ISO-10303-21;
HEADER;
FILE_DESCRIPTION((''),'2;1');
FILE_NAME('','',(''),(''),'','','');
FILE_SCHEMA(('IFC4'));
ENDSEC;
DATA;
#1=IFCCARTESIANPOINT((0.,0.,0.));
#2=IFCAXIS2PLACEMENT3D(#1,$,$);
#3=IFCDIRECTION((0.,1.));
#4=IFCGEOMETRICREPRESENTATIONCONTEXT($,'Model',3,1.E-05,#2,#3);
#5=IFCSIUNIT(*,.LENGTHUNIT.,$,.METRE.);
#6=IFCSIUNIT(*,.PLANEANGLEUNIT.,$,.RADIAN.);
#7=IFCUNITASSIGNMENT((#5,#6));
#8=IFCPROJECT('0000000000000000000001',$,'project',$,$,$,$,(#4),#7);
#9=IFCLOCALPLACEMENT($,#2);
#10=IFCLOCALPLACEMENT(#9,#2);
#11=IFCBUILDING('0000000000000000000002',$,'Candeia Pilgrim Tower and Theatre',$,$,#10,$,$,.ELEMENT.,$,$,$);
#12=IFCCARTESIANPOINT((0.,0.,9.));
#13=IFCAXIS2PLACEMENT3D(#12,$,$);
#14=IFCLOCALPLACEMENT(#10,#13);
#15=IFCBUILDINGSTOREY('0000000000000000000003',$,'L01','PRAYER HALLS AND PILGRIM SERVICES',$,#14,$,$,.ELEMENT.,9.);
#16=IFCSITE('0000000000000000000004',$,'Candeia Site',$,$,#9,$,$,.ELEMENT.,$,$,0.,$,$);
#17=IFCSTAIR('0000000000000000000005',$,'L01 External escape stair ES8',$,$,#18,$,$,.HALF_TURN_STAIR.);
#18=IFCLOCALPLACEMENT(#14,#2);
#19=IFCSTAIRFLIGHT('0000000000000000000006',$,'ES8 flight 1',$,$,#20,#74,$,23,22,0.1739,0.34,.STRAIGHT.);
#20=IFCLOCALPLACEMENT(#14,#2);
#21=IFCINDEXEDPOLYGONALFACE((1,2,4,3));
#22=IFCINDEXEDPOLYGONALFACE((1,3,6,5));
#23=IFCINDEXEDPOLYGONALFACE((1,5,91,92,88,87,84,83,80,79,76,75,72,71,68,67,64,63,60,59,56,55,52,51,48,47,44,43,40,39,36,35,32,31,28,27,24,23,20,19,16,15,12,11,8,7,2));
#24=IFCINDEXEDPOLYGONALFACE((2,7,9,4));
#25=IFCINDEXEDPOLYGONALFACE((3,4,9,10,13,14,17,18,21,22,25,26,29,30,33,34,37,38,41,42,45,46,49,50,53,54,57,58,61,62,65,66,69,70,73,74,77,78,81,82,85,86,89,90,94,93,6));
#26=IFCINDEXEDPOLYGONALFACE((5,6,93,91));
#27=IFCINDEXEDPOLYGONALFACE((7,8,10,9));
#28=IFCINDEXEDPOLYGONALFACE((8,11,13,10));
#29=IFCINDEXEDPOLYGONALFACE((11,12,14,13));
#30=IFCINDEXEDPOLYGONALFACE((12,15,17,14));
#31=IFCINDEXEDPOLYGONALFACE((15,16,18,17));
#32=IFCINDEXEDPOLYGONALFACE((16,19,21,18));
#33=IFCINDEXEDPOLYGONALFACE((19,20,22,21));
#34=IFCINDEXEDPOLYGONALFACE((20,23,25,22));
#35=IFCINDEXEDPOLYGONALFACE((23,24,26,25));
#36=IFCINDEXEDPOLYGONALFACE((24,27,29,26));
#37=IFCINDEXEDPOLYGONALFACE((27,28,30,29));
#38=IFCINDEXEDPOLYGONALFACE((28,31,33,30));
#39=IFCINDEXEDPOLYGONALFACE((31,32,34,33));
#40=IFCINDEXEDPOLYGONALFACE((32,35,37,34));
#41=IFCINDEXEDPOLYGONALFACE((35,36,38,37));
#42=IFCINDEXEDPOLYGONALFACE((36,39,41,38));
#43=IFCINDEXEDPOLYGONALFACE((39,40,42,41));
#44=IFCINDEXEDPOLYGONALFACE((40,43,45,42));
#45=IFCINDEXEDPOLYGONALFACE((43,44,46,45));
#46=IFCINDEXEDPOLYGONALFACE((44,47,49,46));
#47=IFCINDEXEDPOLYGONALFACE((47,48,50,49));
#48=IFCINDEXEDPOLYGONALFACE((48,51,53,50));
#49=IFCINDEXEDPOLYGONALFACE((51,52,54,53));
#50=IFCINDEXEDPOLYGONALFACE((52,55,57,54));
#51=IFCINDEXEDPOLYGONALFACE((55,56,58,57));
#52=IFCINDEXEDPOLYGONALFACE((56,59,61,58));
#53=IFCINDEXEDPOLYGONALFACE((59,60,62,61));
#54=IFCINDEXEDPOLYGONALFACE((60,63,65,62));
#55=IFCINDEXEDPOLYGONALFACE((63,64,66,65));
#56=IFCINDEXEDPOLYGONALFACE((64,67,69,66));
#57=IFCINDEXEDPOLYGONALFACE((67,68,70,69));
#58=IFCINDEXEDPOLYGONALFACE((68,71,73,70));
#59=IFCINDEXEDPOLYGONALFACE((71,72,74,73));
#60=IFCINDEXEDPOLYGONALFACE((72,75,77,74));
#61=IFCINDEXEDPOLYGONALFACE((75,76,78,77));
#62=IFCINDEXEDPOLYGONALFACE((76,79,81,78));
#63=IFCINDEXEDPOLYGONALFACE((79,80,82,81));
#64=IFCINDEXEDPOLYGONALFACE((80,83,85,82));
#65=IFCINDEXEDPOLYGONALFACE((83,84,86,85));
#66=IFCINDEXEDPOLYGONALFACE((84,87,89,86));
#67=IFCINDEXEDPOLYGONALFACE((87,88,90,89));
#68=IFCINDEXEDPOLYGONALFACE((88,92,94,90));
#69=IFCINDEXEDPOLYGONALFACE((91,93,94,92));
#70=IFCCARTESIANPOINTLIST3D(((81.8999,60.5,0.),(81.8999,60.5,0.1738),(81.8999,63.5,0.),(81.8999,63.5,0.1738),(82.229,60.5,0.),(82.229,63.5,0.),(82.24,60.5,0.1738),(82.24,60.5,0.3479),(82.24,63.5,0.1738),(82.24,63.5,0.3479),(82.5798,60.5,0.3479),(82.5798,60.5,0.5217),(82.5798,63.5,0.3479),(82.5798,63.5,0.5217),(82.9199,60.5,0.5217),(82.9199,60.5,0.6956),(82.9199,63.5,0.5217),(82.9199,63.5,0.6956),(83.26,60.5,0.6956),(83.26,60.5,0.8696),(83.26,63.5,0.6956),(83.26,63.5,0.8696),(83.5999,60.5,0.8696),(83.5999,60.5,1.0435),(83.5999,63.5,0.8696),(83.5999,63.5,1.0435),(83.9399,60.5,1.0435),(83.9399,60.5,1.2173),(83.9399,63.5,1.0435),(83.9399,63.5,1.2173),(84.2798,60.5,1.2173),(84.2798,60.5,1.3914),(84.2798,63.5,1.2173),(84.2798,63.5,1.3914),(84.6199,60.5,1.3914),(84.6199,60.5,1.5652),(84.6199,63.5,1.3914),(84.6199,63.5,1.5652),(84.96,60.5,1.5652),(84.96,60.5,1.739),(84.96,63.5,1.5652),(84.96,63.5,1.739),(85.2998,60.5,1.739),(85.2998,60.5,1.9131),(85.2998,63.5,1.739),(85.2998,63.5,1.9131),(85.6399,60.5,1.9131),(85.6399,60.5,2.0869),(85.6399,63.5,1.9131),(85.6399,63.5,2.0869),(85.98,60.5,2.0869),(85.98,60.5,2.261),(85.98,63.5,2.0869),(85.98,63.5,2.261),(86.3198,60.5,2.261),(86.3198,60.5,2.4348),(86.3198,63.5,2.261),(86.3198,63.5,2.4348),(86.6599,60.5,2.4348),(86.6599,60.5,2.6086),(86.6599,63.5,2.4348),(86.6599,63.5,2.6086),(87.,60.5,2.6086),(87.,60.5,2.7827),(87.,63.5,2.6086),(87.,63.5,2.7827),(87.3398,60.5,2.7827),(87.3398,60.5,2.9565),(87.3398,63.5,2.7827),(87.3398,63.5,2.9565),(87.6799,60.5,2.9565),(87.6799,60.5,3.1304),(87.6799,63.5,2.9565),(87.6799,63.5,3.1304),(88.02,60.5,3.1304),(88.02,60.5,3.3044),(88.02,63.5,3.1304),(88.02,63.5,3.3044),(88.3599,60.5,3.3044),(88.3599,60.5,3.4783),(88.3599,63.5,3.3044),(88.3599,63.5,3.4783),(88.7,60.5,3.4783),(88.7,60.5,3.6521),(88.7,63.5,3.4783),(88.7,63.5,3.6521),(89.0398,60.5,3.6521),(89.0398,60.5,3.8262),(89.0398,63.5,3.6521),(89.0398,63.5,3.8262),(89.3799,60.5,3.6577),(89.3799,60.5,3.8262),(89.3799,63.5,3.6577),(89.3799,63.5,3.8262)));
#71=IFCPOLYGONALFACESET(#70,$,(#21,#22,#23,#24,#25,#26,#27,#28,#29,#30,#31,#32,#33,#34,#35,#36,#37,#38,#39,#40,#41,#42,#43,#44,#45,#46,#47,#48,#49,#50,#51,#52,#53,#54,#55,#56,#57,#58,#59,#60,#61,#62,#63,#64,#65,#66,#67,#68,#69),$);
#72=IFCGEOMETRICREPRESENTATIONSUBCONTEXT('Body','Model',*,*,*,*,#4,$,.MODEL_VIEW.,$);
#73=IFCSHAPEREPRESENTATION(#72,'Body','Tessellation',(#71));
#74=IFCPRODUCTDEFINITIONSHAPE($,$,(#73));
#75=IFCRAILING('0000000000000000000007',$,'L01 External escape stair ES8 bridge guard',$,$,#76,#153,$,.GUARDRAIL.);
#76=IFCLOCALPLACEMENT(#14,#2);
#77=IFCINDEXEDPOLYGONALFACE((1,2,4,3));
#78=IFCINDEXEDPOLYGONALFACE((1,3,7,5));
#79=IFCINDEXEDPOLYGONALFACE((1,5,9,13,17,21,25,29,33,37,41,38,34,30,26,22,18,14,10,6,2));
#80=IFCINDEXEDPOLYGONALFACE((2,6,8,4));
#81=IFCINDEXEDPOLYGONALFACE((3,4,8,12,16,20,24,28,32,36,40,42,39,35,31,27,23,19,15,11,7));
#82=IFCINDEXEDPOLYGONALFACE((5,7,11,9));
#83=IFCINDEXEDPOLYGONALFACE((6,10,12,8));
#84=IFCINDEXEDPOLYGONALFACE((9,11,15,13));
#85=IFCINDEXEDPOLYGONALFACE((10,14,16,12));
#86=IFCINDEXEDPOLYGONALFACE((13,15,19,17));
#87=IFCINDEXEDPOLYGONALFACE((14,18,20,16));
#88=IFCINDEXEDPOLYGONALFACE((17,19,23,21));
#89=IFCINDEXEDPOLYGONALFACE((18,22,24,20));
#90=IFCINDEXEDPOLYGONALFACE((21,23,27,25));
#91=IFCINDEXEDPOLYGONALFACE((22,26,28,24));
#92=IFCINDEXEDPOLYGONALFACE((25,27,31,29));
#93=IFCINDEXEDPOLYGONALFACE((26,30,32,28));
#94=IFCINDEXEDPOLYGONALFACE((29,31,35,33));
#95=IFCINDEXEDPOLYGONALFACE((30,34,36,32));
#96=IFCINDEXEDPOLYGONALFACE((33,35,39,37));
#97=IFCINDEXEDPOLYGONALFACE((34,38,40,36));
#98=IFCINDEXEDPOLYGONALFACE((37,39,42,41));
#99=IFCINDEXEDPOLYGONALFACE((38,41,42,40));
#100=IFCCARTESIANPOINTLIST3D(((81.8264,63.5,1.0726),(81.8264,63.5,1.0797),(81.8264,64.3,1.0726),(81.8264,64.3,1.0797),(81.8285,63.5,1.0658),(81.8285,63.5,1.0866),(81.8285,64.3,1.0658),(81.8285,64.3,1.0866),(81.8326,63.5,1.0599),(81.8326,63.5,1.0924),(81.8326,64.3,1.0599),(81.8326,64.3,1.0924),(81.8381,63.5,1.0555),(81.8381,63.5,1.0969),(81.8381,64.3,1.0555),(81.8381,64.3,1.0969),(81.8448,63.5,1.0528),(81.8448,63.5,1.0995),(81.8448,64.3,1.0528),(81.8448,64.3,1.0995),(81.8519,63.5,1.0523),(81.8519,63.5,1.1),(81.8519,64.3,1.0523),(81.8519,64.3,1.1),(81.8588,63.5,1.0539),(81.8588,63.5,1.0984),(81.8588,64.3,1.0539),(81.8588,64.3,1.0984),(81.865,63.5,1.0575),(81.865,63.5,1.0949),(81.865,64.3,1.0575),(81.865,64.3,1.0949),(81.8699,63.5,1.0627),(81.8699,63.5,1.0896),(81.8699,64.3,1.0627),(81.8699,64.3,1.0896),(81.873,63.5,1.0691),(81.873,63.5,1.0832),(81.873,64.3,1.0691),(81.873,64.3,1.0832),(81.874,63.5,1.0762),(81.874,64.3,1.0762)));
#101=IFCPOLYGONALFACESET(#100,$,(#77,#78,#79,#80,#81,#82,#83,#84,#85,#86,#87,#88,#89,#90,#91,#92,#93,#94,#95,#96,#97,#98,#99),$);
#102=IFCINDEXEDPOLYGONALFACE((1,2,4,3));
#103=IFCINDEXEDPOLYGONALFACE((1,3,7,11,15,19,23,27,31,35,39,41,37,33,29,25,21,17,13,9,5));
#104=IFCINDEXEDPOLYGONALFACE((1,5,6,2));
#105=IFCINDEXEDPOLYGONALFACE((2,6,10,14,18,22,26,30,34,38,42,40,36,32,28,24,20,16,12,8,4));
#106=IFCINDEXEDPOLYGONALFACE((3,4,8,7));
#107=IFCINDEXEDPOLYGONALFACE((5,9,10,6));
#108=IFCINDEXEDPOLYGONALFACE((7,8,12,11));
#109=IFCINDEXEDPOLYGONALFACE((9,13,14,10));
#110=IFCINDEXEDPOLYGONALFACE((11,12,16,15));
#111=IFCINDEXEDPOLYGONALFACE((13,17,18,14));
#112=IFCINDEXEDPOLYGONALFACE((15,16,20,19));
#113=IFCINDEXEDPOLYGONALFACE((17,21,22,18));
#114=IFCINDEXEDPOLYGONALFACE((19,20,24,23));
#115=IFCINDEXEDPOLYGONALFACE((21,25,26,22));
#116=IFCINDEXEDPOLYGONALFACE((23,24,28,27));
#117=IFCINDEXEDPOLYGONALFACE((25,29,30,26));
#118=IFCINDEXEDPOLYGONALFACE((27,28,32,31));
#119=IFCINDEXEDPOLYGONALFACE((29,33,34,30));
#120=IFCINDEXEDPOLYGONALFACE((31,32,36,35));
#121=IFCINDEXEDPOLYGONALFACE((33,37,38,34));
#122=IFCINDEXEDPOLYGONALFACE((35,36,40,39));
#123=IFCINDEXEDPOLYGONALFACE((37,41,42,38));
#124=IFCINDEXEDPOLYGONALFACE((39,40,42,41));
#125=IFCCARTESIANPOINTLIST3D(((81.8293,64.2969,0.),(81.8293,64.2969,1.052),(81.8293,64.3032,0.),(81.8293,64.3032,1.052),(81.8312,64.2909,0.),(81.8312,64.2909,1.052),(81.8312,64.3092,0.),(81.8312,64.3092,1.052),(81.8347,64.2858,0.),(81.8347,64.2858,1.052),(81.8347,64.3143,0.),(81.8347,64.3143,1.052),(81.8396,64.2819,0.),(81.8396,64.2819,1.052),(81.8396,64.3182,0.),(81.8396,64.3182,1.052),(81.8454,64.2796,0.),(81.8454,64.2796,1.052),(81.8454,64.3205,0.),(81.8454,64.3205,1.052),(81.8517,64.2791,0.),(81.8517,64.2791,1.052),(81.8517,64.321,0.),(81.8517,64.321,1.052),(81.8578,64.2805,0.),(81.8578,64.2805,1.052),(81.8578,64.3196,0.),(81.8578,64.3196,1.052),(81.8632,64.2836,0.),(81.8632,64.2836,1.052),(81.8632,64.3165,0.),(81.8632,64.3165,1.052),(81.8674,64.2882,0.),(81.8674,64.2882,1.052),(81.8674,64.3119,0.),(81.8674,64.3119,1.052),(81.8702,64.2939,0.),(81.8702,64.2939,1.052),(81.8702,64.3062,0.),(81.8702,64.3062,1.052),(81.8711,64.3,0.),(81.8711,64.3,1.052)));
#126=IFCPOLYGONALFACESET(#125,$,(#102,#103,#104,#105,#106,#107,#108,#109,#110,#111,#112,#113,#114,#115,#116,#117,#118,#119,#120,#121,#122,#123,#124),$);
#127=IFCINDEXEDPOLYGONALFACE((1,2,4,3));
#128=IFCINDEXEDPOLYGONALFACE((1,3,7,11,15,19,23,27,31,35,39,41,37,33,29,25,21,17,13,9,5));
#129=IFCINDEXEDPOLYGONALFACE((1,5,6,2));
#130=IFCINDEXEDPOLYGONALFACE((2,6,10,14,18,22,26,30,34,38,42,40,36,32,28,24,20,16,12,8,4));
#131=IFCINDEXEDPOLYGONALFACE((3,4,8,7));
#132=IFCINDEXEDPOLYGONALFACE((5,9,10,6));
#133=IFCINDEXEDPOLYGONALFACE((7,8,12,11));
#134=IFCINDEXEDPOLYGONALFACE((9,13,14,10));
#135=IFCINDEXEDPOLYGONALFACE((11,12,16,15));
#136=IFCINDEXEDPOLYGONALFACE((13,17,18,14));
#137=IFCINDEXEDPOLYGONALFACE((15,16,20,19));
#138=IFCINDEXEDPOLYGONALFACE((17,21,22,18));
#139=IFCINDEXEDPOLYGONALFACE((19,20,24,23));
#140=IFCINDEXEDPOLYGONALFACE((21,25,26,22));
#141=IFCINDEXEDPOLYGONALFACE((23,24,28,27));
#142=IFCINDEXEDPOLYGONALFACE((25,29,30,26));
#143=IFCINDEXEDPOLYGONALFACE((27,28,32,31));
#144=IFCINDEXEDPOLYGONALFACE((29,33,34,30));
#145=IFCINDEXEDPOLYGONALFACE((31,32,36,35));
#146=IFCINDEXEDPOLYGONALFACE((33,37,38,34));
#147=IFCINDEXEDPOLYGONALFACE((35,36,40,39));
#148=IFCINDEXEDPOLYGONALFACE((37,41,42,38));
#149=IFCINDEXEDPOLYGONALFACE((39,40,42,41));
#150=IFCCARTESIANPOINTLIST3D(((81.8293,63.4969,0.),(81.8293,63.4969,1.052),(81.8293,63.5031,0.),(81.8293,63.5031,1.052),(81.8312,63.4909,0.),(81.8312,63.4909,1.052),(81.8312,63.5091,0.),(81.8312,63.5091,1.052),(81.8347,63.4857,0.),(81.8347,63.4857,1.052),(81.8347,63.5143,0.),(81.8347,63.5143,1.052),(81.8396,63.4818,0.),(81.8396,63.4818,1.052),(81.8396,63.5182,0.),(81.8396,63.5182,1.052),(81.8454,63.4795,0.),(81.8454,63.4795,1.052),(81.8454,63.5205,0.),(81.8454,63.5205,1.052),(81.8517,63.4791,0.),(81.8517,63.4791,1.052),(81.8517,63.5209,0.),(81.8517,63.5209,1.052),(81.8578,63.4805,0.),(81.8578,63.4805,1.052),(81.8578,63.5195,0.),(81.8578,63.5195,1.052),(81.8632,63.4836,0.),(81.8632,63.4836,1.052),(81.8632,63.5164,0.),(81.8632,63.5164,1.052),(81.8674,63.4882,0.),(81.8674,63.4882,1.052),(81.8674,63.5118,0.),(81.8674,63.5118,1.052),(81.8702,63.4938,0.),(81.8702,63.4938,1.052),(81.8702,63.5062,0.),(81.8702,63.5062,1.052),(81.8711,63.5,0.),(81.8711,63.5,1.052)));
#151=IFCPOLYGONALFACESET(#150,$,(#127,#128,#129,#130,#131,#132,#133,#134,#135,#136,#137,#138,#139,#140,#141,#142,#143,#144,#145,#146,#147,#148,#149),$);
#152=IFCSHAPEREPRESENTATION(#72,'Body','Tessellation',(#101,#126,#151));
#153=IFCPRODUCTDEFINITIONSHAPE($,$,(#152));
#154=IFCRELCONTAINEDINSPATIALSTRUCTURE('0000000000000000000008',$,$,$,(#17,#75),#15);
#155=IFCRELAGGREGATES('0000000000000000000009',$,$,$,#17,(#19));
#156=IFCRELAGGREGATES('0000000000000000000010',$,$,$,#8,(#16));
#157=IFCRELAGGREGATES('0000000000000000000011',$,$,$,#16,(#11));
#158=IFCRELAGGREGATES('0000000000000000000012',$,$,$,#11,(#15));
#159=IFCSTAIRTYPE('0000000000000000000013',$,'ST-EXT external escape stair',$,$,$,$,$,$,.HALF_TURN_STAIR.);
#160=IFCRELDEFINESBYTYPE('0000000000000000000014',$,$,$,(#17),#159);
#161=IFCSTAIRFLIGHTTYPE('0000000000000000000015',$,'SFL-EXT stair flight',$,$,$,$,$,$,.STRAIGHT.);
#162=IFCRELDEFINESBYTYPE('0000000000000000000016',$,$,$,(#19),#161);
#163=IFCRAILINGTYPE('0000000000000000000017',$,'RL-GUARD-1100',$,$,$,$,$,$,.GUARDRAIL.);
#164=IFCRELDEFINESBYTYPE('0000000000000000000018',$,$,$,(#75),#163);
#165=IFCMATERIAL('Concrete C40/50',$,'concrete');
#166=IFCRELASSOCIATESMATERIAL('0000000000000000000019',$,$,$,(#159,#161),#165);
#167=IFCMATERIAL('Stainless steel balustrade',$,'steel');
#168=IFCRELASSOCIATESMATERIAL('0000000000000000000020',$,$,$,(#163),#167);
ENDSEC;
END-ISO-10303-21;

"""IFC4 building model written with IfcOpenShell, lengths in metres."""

from ifc_helpers import new_model, si_unit, direction, frame, origin, origin_2d, place, context, subcontext, project, spatial, polyline, circle, outline, extrude, material, type_object, element, aggregate, save


model = new_model("IFC4")

# Units and contexts
model_context = context("Model", 3, precision=1e-05, world=origin(), true_north=direction((0.0, 1.0)))
body_context = subcontext(model_context, "Body", "Model", "MODEL_VIEW")
ifc_project = project(units=[si_unit("LENGTHUNIT", "METRE"), si_unit("PLANEANGLEUNIT", "RADIAN")], contexts=[model_context])

# Site, building, storey
site_placement = place(None, origin())
site = spatial("IfcSite", under=ifc_project, at=site_placement, Name="Candeia Site", CompositionType="ELEMENT", RefElevation=0.0)
building_placement = place(site_placement, origin())
building = spatial("IfcBuilding", under=site, at=building_placement, Name="Candeia Pilgrim Tower and Theatre", CompositionType="ELEMENT")
storey_placement = place(building_placement, frame((0.0, 0.0, 9.0)))
storey = spatial("IfcBuildingStorey", under=building, at=storey_placement, Name="L01", Description="PRAYER HALLS AND PILGRIM SERVICES", CompositionType="ELEMENT", Elevation=9.0)

# Shared definitions
ifc_material_1 = material(Name="Concrete C40/50", Category="concrete")

# Stair, stair flight
stair_type = type_object("IfcStairType", Name="ST-EXT external escape stair", PredefinedType="HALF_TURN_STAIR", material=ifc_material_1)
stair_placement = place(storey_placement, origin())
stair = element("IfcStair", 1, at=stair_placement, inside=storey, type_object=stair_type, Name="L01 External escape stair ES8", PredefinedType="HALF_TURN_STAIR")
stair_flight_type = type_object("IfcStairFlightType", Name="SFL-EXT stair flight", PredefinedType="STRAIGHT", material=ifc_material_1)
stair_flight_placement = place(storey_placement, frame((81.8999, 62.0, 0.0), z_axis=(0.0, 0.0, 1.0), x_axis=(1.0, 0.0, 0.0)))
stair_flight = element("IfcStairFlight", 2, at=stair_flight_placement, type_object=stair_flight_type, Name="ES8 flight 1", NumberOfRisers=23, NumberOfTreads=22, PredefinedType="STRAIGHT", RiserHeight=0.1739, TreadLength=0.34, context=body_context, shape_type="SweptSolid", body=[
    extrude(outline(polyline([(0.0, 0.0), (0.0, 0.1738), (0.3401, 0.1738), (0.3401, 0.3479), (0.6799, 0.3479), (0.6799, 0.5217), (1.02, 0.5217), (1.02, 0.6956), (1.3601, 0.6956), (1.3601, 0.8696), (1.7, 0.8696), (1.7, 1.0435), (2.04, 1.0435), (2.04, 1.2173), (2.3799, 1.2173), (2.3799, 1.3914), (2.72, 1.3914), (2.72, 1.5652), (3.0601, 1.5652), (3.0601, 1.739), (3.3999, 1.739), (3.3999, 1.9131), (3.74, 1.9131), (3.74, 2.0869), (4.0801, 2.0869), (4.0801, 2.261), (4.4199, 2.261), (4.4199, 2.4348), (4.76, 2.4348), (4.76, 2.6086), (5.1001, 2.6086), (5.1001, 2.7827), (5.4399, 2.7827), (5.4399, 2.9565), (5.78, 2.9565), (5.78, 3.1304), (6.1201, 3.1304), (6.1201, 3.3044), (6.46, 3.3044), (6.46, 3.4783), (6.8, 3.4783), (6.8, 3.6521), (7.1399, 3.6521), (7.1399, 3.8262), (7.48, 3.8262), (7.48, 4.0), (7.48, 3.6577), (0.3291, 0.0), (0.0, 0.0)])), frame((0.0, 1.5, 0.0), z_axis=(0.0, -1.0, 0.0), x_axis=(1.0, 0.0, 0.0)), (0.0, 0.0, 1.0), 3.0),
])
aggregate(stair, [stair_flight])

# Railing
ifc_material_2 = material(Name="Stainless steel balustrade", Category="steel")
railing_type_1 = type_object("IfcRailingType", Name="RL-GUARD-1100", PredefinedType="GUARDRAIL", material=ifc_material_2)
railing_1_placement = place(storey_placement, frame((81.8501, 64.3, 0.0)))
element("IfcRailing", 3, at=railing_1_placement, inside=storey, type_object=railing_type_1, Name="L01 External escape stair ES8 bridge guard", PredefinedType="GUARDRAIL", context=body_context, shape_type="SweptSolid", body=[
    extrude(circle(Radius=0.0239, at=origin_2d()), frame((0.0, 0.0, 1.0762), z_axis=(0.0, -1.0, 0.0), x_axis=(1.0, 0.0, 0.0)), (0.0, 0.0, 1.0), 0.8),
    extrude(circle(Radius=0.021, at=origin_2d()), origin(), (0.0, 0.0, 1.0), 1.052),
    extrude(circle(Radius=0.021, at=origin_2d()), frame((0.0, -0.8, 0.0)), (0.0, 0.0, 1.0), 1.052),
])

save(model, "model.ifc")
